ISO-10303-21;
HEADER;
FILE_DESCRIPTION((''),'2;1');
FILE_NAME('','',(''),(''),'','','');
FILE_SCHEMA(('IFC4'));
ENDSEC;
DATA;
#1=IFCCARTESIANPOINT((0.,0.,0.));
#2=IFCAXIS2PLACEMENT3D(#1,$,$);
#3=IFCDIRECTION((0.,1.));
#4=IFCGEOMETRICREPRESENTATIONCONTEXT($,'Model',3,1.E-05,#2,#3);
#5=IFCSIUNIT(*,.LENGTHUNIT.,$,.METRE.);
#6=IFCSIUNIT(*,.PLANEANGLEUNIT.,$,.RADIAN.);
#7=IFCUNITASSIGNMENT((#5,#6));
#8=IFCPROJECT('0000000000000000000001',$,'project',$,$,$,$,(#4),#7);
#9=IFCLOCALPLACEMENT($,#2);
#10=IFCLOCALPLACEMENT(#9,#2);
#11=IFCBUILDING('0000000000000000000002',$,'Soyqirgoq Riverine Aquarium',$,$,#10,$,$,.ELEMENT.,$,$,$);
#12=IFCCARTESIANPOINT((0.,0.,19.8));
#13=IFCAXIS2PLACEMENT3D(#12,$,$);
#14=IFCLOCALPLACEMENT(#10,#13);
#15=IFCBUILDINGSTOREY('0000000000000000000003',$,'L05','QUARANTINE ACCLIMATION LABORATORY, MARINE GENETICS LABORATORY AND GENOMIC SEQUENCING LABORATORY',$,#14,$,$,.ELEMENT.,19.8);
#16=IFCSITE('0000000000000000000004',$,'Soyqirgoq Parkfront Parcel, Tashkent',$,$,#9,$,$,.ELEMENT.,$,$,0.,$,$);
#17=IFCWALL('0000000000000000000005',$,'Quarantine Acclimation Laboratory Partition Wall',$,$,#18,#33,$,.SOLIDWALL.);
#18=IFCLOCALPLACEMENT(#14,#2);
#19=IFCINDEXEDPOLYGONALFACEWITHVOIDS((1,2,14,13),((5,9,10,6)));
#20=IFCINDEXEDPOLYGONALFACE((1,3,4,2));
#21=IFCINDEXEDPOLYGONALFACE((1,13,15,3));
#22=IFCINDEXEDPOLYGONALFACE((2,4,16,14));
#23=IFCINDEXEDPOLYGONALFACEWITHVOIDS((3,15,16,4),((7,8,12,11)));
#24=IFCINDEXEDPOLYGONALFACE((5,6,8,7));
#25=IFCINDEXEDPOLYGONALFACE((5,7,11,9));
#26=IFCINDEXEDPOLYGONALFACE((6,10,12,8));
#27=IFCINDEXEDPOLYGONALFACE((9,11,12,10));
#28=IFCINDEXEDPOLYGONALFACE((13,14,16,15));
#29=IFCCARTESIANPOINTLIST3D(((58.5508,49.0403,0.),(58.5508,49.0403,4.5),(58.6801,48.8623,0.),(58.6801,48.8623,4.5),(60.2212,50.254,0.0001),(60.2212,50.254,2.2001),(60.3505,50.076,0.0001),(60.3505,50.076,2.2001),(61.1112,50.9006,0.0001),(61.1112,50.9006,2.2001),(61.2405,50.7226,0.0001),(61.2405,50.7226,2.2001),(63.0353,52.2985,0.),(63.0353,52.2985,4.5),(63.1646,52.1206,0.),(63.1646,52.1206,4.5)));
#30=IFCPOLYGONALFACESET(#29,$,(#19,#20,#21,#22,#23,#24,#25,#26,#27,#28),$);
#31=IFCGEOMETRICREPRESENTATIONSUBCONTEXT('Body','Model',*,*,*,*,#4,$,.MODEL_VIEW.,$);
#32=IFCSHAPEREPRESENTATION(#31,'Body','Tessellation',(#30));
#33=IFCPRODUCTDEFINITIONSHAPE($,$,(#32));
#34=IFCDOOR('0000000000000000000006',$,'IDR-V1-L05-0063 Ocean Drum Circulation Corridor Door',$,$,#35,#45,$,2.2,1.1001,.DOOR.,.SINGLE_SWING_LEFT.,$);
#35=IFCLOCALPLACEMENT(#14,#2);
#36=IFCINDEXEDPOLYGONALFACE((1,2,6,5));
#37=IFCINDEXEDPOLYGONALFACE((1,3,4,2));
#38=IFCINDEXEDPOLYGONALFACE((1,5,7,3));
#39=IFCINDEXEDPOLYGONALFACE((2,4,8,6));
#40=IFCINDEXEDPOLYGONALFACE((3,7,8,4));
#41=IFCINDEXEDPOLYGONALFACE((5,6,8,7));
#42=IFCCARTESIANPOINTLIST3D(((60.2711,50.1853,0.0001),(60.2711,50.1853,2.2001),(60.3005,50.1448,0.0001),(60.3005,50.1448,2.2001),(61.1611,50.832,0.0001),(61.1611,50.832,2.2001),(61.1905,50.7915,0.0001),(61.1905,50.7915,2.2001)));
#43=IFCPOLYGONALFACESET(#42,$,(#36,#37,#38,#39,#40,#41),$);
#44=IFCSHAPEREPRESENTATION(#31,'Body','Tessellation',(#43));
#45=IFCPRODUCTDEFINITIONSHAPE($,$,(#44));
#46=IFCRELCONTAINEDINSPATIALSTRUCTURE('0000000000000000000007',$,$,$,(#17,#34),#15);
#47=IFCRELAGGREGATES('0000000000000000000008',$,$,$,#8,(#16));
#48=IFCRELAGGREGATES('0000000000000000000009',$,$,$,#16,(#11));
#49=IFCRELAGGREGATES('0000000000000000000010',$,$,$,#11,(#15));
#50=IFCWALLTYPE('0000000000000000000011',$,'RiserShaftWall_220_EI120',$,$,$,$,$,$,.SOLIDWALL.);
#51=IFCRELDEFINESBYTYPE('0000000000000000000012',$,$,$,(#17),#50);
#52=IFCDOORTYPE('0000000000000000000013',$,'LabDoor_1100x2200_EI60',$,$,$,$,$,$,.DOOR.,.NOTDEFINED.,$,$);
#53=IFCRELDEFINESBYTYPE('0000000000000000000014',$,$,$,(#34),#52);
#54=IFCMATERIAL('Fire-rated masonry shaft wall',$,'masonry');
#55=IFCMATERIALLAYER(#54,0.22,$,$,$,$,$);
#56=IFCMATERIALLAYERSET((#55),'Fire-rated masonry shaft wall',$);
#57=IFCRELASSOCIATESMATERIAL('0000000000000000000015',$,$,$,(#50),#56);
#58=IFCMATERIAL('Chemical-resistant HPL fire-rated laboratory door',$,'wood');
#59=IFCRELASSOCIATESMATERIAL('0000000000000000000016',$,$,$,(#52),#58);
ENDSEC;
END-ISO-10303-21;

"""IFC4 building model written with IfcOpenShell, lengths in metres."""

from ifc_helpers import new_model, si_unit, direction, frame, frame_2d, origin, place, context, subcontext, project, spatial, rectangle, extrude, material, layer, layer_set, type_object, element, fill, save


model = new_model("IFC4")

# Units and contexts
model_context = context("Model", 3, precision=1e-05, world=origin(), true_north=direction((0.0, 1.0)))
body_context = subcontext(model_context, "Body", "Model", "MODEL_VIEW")
ifc_project = project(units=[si_unit("LENGTHUNIT", "METRE"), si_unit("PLANEANGLEUNIT", "RADIAN")], contexts=[model_context])

# Site, building, storey
site_placement = place(None, origin())
site = spatial("IfcSite", under=ifc_project, at=site_placement, Name="Soyqirgoq Parkfront Parcel, Tashkent", CompositionType="ELEMENT", RefElevation=0.0)
building_placement = place(site_placement, origin())
building = spatial("IfcBuilding", under=site, at=building_placement, Name="Soyqirgoq Riverine Aquarium", CompositionType="ELEMENT")
storey_placement = place(building_placement, frame((0.0, 0.0, 19.8)))
storey = spatial("IfcBuildingStorey", under=building, at=storey_placement, Name="L05", Description="QUARANTINE ACCLIMATION LABORATORY, MARINE GENETICS LABORATORY AND GENOMIC SEQUENCING LABORATORY", CompositionType="ELEMENT", Elevation=19.8)

# Wall, opening, door
ifc_material_1 = material(Name="Fire-rated masonry shaft wall", Category="masonry")
ifc_layer_1 = layer(ifc_material_1, 0.22)
ifc_layer_set_1 = layer_set([ifc_layer_1], Name="Fire-rated masonry shaft wall")
wall_type_1 = type_object("IfcWallType", Name="RiserShaftWall_220_EI120", PredefinedType="SOLIDWALL", material=ifc_layer_set_1)
wall_1_placement = place(storey_placement, frame((63.0999, 52.2095, 0.0), z_axis=(0.0, 0.0, 1.0), x_axis=(-0.809014, -0.587789, 0.0)))
wall_1 = element("IfcWall", 1, at=wall_1_placement, inside=storey, type_object=wall_type_1, Name="Quarantine Acclimation Laboratory Partition Wall", PredefinedType="SOLIDWALL", context=body_context, shape_type="SweptSolid", body=[
    extrude(rectangle(XDim=5.5432, YDim=0.22, at=frame_2d((2.7715, 0.0))), origin(), (0.0, 0.0, 1.0), 4.5),
])
opening_1_placement = place(wall_1_placement, frame((2.3782, 0.0, 0.0)))
opening_1 = element("IfcOpeningElement", 2, at=opening_1_placement, cuts=wall_1, PredefinedType="OPENING", context=body_context, shape_type="SweptSolid", body=[
    extrude(rectangle(XDim=1.1001, YDim=2.2, at=frame_2d((0.55, 1.1001))), frame((0.0, 0.1201, 0.0), z_axis=(0.0, -1.0, 0.0), x_axis=(1.0, 0.0, 0.0)), (0.0, 0.0, 1.0), 0.24),
])
ifc_material_2 = material(Name="Chemical-resistant HPL fire-rated laboratory door", Category="wood")
door_type_1 = type_object("IfcDoorType", Name="LabDoor_1100x2200_EI60", OperationType="NOTDEFINED", PredefinedType="DOOR", material=ifc_material_2)
door_1_placement = place(opening_1_placement, origin())
door_1 = element("IfcDoor", 3, at=door_1_placement, inside=storey, type_object=door_type_1, Name="IDR-V1-L05-0063 Ocean Drum Circulation Corridor Door", OperationType="SINGLE_SWING_LEFT", OverallHeight=2.2, OverallWidth=1.1001, PredefinedType="DOOR", context=body_context, shape_type="SweptSolid", body=[
    extrude(rectangle(XDim=1.1001, YDim=2.2, at=frame_2d((0.55, 1.1001))), frame((0.0, 0.0249, 0.0), z_axis=(0.0, -1.0, 0.0), x_axis=(1.0, 0.0, 0.0)), (0.0, 0.0, 1.0), 0.05),
])
fill(opening_1, door_1)

save(model, "model.ifc")
